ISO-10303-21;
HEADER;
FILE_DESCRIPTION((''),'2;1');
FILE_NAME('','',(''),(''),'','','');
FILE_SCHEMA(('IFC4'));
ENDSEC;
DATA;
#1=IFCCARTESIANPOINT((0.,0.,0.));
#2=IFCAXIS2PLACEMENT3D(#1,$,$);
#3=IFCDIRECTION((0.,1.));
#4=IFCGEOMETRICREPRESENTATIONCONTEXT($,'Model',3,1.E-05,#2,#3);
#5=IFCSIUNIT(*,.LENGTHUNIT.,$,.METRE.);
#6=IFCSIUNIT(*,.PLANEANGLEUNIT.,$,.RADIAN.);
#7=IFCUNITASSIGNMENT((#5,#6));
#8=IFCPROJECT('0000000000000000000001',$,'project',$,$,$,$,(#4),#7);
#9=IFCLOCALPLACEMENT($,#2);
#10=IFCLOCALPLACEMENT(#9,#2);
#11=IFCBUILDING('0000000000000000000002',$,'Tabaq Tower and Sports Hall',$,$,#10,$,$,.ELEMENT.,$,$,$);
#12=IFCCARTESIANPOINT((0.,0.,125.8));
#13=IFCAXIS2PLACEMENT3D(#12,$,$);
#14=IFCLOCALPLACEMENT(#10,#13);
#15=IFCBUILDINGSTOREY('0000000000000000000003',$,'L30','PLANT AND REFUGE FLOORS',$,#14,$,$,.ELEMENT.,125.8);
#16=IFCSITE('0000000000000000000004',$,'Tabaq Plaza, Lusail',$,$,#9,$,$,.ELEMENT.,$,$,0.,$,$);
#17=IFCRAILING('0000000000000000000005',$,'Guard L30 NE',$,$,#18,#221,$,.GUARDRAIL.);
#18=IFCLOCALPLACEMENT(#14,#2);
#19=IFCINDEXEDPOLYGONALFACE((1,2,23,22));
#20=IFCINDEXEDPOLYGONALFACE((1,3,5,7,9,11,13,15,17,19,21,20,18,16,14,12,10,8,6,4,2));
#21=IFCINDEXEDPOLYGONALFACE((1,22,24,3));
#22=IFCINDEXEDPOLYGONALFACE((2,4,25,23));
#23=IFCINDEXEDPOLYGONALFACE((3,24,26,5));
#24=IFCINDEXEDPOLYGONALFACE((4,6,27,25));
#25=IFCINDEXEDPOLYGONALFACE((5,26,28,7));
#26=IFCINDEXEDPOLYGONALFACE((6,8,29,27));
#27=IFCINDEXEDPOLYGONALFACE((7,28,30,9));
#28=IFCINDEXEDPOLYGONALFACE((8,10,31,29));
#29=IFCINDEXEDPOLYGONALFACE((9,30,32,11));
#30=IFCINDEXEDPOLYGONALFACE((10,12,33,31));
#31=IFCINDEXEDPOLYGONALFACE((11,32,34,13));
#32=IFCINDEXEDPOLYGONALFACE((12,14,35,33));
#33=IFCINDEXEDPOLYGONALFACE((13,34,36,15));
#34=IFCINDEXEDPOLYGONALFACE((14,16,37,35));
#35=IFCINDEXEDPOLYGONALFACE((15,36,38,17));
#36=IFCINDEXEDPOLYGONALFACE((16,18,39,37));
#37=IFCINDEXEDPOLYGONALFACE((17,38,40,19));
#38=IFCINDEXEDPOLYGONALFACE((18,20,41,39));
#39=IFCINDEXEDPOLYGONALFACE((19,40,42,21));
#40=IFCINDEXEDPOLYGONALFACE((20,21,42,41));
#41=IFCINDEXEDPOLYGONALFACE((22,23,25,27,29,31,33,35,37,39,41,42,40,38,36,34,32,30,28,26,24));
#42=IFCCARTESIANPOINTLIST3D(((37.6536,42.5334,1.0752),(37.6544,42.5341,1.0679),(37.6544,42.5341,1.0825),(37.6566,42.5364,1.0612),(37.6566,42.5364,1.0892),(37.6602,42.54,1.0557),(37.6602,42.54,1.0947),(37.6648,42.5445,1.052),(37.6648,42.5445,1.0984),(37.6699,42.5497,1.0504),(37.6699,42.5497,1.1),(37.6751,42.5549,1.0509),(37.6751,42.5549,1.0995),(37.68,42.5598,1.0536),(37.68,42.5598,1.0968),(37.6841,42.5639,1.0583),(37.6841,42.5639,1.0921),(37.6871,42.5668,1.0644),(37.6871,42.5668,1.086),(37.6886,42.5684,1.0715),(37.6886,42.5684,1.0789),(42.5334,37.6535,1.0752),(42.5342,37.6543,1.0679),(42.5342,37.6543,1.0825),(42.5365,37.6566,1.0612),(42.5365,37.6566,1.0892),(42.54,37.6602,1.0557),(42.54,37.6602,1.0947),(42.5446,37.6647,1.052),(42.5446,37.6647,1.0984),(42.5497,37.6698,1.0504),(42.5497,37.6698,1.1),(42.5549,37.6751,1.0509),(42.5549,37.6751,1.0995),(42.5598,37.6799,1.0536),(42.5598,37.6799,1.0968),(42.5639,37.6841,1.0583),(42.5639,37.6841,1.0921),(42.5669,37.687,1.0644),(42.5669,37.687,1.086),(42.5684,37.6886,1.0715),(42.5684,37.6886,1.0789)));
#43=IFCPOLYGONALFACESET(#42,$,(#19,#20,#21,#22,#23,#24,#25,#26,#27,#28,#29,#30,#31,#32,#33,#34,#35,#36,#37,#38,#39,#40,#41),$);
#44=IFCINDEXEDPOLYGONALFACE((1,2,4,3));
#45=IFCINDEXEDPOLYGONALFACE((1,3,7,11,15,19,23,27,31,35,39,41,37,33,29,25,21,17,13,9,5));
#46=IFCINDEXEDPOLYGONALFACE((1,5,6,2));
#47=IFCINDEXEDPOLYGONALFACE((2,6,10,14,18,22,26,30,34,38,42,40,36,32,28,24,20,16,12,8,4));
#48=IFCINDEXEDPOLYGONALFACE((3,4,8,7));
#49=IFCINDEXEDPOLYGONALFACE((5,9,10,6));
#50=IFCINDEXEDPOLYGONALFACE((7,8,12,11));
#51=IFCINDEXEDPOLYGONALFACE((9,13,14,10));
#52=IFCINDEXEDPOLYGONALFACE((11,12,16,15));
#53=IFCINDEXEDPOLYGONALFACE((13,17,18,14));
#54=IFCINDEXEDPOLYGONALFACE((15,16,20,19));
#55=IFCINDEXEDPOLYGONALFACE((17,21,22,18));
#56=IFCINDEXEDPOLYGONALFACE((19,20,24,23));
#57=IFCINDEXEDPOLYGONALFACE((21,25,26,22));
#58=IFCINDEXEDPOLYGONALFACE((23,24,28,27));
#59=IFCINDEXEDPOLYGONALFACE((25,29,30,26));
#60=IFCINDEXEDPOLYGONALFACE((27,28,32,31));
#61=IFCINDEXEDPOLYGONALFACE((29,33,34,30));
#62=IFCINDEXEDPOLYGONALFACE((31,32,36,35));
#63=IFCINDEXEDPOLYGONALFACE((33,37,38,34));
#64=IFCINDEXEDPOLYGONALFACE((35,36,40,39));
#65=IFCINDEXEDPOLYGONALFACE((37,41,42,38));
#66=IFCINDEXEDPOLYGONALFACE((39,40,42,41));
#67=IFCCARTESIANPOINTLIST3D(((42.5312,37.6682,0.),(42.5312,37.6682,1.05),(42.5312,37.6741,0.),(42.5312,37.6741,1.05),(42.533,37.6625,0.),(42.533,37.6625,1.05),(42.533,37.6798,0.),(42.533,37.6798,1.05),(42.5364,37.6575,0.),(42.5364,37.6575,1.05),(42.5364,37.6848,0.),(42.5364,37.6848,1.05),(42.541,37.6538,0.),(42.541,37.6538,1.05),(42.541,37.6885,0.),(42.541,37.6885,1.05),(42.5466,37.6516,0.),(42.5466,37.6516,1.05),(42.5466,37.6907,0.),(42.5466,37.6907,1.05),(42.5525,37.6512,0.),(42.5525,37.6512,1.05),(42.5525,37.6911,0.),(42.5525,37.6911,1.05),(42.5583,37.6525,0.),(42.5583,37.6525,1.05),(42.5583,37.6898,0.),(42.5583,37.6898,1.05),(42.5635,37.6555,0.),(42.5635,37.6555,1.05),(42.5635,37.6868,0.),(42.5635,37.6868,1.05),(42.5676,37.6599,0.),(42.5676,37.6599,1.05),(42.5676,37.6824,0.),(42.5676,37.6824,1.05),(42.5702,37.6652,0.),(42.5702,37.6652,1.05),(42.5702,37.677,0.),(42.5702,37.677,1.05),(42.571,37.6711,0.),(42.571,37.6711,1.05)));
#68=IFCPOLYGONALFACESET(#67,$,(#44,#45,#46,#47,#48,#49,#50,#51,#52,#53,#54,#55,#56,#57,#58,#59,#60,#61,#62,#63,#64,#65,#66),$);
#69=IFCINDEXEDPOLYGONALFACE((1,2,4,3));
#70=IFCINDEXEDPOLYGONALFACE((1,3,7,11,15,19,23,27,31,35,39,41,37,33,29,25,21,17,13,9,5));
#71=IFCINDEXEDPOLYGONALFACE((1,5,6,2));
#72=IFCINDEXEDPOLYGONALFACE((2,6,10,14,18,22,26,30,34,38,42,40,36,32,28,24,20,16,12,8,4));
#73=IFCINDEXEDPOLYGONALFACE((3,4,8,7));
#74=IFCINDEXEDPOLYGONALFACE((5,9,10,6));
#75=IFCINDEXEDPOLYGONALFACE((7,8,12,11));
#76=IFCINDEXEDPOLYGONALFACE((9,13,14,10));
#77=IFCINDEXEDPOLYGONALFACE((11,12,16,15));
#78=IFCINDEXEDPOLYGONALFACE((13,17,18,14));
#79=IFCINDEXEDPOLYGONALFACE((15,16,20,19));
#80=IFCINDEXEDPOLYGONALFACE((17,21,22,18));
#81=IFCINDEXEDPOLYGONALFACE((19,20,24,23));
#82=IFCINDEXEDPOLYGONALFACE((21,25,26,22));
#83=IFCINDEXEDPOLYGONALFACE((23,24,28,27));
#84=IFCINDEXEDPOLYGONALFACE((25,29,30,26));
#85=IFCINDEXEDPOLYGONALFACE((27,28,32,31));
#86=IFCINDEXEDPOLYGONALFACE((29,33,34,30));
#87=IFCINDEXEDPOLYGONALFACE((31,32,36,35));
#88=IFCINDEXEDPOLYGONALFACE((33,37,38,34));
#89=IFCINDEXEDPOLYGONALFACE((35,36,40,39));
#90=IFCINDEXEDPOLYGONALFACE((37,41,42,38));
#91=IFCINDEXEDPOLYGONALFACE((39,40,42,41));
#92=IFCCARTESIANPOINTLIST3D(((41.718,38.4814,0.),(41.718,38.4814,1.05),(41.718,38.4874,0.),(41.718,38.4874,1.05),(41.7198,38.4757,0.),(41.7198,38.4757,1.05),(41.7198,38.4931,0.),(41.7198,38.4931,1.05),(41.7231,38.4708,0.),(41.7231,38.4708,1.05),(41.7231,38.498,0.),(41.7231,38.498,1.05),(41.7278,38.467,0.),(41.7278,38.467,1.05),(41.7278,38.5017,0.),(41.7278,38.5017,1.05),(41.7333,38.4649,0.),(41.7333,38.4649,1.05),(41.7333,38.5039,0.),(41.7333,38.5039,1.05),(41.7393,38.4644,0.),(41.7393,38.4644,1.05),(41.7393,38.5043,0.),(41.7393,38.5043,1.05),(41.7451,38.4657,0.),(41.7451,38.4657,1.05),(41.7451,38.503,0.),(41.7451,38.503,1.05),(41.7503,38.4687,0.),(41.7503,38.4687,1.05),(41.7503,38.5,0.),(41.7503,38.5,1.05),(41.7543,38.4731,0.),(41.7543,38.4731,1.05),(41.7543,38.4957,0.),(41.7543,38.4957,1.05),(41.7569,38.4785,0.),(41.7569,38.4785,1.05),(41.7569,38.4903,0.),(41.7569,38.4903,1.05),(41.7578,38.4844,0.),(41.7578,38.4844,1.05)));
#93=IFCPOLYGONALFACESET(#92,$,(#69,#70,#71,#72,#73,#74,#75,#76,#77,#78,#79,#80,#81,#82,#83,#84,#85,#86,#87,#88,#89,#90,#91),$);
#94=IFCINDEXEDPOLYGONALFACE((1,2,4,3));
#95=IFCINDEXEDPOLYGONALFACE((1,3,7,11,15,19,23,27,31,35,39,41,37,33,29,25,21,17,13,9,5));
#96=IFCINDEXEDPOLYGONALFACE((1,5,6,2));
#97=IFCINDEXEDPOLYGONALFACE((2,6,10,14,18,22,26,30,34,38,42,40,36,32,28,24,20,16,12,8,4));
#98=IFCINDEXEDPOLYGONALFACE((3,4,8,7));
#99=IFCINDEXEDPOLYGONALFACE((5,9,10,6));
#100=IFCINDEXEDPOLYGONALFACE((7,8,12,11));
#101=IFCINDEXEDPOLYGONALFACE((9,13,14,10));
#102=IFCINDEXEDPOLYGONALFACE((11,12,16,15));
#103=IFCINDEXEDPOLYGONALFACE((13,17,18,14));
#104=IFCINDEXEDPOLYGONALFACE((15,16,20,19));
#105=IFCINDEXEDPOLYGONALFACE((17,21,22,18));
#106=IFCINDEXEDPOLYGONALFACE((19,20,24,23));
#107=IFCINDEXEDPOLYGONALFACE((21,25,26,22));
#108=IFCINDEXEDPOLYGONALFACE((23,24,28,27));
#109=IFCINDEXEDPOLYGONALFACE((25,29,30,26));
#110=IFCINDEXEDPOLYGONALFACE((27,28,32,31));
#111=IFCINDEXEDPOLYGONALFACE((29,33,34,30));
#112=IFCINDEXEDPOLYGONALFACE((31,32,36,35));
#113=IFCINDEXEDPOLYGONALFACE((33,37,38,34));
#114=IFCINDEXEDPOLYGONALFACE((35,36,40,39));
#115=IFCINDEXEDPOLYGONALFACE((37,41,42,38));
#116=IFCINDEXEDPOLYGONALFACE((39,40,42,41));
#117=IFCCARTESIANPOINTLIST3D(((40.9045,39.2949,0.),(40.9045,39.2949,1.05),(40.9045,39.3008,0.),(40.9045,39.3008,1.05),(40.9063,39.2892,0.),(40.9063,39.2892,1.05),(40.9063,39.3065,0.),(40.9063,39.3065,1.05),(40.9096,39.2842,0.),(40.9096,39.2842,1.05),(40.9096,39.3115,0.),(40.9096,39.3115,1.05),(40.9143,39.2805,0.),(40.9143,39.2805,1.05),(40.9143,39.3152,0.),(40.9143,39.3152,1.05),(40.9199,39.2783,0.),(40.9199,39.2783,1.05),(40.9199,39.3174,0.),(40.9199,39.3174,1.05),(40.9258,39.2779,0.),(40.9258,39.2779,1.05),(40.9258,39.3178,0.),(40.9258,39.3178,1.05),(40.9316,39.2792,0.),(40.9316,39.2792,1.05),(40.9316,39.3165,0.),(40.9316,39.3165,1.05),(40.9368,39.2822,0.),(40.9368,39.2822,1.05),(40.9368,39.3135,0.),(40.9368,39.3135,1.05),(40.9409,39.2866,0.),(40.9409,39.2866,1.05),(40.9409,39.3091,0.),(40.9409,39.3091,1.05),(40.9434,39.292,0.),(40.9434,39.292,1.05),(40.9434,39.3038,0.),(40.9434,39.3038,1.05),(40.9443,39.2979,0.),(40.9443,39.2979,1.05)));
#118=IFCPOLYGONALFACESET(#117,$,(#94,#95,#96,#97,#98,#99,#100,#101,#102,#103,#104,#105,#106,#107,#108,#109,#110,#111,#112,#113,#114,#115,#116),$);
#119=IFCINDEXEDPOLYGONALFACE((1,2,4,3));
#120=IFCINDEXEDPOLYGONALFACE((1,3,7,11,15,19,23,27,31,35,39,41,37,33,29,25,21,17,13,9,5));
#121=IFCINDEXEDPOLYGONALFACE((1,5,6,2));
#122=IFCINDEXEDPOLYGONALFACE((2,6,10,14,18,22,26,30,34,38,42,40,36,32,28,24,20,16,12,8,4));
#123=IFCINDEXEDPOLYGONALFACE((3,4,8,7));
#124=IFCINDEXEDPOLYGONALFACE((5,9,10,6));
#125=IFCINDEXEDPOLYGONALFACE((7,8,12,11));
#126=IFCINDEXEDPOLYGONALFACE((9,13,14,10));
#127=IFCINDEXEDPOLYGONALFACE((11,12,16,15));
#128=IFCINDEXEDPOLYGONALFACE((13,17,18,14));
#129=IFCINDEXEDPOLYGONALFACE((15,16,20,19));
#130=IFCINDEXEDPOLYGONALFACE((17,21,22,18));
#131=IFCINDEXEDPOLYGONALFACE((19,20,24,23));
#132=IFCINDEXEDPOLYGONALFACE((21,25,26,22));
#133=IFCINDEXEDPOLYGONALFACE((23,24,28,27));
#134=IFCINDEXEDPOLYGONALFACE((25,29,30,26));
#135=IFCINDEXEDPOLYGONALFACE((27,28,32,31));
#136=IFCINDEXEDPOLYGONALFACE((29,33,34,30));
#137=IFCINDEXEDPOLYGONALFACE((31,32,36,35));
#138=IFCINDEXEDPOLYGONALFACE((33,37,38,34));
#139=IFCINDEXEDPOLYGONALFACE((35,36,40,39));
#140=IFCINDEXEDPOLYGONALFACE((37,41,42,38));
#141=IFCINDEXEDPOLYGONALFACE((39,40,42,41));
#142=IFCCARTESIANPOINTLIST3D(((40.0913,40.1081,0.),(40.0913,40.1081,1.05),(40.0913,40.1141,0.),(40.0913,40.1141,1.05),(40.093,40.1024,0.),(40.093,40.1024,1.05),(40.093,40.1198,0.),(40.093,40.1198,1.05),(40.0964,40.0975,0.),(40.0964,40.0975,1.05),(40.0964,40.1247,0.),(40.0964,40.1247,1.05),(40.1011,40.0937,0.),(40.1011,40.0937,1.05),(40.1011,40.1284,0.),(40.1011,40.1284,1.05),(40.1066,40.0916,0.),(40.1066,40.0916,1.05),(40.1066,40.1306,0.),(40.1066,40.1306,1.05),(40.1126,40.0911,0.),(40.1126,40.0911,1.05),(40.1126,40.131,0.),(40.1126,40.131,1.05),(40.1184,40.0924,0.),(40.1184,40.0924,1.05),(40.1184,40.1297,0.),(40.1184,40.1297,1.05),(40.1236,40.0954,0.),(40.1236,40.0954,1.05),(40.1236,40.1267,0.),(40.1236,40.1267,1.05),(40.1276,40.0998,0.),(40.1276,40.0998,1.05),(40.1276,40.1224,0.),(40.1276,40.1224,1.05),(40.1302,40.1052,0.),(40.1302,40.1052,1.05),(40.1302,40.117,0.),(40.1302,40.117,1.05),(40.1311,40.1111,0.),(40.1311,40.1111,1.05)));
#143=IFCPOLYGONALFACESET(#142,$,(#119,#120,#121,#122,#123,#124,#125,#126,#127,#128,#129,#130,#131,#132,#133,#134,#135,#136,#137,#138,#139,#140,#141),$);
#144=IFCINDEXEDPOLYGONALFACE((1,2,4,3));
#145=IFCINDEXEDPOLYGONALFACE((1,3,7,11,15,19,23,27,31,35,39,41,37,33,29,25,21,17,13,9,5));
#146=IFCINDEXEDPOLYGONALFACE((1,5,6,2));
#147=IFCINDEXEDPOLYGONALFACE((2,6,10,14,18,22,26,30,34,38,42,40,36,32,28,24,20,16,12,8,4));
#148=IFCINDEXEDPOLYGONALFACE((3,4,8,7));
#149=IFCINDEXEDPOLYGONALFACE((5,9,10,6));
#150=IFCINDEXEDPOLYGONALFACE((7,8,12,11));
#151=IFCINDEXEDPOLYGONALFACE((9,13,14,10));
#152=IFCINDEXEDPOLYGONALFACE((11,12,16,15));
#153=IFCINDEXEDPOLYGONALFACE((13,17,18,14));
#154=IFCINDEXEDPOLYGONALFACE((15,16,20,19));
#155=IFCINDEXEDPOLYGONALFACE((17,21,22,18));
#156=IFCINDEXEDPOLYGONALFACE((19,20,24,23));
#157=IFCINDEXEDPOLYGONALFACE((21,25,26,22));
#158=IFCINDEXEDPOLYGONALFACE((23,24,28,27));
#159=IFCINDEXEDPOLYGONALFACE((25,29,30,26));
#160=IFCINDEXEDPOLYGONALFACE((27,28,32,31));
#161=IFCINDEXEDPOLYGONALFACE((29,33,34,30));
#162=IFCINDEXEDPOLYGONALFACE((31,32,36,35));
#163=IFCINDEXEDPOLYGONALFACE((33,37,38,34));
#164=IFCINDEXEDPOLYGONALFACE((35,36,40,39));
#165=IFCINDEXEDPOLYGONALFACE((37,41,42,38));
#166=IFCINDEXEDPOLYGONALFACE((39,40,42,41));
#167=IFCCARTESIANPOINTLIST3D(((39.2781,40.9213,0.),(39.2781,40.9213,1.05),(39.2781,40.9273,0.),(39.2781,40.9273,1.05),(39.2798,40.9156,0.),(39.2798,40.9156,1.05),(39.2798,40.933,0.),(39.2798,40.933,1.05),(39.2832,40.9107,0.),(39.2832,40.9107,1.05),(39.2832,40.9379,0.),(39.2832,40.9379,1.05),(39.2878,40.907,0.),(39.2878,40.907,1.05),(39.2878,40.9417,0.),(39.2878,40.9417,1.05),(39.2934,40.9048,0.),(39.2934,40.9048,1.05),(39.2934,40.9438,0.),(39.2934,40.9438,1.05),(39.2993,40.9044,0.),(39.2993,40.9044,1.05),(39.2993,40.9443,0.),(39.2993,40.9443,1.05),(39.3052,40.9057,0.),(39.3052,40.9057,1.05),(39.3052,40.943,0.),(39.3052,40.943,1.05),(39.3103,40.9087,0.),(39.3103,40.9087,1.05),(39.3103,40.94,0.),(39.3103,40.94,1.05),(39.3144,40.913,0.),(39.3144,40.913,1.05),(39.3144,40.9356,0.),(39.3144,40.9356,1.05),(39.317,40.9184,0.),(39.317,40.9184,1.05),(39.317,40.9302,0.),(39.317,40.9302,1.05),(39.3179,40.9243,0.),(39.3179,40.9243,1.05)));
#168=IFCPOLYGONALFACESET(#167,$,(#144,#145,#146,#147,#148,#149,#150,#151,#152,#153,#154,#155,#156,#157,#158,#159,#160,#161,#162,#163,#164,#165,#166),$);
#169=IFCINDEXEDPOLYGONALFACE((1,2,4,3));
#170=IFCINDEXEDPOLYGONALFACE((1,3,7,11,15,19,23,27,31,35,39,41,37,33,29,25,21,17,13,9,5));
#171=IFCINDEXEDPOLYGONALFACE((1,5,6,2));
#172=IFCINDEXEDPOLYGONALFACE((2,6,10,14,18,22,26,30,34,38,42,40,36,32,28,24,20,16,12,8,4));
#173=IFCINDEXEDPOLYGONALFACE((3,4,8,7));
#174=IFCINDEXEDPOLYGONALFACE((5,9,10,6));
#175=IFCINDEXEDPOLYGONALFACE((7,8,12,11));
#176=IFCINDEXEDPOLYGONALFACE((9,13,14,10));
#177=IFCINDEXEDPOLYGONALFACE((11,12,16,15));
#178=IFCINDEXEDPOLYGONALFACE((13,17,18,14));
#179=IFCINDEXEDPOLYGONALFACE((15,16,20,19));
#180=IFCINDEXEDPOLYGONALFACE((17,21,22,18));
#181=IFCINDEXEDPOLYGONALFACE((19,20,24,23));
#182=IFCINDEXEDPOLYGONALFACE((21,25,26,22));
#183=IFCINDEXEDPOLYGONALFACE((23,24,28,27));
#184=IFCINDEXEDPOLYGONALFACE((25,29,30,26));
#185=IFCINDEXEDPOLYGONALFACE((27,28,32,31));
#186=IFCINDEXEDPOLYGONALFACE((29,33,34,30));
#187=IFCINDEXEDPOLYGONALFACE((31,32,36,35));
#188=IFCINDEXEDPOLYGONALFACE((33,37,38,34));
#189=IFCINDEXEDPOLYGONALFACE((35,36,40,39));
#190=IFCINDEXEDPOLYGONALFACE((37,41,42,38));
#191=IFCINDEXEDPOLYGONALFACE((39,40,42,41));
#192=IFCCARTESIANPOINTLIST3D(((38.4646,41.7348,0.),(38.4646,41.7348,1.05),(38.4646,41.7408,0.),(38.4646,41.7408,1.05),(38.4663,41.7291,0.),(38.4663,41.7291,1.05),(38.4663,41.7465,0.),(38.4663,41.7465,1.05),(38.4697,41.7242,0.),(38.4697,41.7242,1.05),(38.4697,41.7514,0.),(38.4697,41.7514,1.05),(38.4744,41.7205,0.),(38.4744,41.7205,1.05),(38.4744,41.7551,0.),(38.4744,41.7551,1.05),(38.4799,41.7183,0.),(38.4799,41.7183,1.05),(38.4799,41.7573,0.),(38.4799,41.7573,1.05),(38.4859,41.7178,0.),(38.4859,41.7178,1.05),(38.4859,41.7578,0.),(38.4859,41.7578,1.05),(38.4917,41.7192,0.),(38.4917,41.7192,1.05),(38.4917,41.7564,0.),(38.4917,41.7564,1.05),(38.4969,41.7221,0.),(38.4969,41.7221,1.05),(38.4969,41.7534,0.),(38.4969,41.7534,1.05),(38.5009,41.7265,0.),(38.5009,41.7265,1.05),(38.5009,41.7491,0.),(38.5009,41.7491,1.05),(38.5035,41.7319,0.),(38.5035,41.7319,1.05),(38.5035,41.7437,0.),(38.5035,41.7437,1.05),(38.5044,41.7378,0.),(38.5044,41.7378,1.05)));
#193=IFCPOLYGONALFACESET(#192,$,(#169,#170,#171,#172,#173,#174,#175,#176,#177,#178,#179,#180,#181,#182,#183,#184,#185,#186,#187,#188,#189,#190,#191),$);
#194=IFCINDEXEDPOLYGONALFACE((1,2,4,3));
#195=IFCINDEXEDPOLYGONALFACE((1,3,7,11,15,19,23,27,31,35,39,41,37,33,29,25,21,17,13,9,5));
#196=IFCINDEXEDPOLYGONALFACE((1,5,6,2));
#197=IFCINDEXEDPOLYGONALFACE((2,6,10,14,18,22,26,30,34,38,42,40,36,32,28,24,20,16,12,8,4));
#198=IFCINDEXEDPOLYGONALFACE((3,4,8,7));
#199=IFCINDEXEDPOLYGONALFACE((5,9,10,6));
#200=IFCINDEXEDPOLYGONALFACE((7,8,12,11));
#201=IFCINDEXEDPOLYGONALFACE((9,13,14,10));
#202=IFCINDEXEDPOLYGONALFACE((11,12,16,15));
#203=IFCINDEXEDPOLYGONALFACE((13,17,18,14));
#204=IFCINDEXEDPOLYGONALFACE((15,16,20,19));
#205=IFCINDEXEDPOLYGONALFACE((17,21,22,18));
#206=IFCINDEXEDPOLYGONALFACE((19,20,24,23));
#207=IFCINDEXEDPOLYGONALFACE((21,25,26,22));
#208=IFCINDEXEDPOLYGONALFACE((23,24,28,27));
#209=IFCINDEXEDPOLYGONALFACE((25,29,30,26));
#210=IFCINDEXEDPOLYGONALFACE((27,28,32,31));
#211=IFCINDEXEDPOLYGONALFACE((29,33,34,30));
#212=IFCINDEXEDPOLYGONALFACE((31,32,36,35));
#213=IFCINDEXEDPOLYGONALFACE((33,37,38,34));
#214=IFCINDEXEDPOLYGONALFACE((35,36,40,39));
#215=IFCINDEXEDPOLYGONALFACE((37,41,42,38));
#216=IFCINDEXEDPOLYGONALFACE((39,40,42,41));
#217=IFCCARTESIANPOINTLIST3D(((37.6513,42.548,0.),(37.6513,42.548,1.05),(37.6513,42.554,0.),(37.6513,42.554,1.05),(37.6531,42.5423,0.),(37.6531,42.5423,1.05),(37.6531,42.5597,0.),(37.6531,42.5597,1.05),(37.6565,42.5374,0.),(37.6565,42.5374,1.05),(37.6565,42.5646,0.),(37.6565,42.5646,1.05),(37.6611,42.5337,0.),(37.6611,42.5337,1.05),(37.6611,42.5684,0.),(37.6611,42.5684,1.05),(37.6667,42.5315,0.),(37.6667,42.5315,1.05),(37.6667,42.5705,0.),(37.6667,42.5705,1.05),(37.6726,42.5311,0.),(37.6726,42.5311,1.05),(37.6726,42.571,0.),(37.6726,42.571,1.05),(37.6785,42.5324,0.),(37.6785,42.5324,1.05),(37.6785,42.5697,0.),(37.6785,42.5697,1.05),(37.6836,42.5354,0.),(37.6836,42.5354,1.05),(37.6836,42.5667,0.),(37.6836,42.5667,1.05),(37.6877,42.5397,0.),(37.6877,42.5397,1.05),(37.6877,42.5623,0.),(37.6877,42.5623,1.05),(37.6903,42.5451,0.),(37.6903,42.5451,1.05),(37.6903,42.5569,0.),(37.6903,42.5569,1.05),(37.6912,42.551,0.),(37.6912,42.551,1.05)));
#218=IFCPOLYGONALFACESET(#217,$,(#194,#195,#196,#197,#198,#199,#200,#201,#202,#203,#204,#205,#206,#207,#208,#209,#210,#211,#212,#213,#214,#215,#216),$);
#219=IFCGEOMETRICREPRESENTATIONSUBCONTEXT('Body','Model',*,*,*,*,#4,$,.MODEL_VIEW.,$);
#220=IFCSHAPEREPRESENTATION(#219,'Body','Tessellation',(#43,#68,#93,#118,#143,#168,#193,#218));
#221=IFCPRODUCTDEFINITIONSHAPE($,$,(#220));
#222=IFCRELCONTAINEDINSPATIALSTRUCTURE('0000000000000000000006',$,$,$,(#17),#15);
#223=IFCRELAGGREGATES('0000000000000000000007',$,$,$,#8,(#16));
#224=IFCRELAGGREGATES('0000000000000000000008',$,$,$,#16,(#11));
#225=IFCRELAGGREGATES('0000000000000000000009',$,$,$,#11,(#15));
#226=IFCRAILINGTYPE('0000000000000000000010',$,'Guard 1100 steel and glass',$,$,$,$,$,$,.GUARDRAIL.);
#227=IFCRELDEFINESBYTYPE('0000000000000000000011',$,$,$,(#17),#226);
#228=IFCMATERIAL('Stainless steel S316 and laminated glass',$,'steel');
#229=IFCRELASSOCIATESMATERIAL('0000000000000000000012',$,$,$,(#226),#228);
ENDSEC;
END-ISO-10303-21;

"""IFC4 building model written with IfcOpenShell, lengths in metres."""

from ifc_helpers import new_model, si_unit, direction, frame, origin, origin_2d, place, context, subcontext, project, spatial, circle, extrude, material, type_object, element, save


model = new_model("IFC4")

# Units and contexts
model_context = context("Model", 3, precision=1e-05, world=origin(), true_north=direction((0.0, 1.0)))
body_context = subcontext(model_context, "Body", "Model", "MODEL_VIEW")
ifc_project = project(units=[si_unit("LENGTHUNIT", "METRE"), si_unit("PLANEANGLEUNIT", "RADIAN")], contexts=[model_context])

# Site, building, storey
site_placement = place(None, origin())
site = spatial("IfcSite", under=ifc_project, at=site_placement, Name="Tabaq Plaza, Lusail", CompositionType="ELEMENT", RefElevation=0.0)
building_placement = place(site_placement, origin())
building = spatial("IfcBuilding", under=site, at=building_placement, Name="Tabaq Tower and Sports Hall", CompositionType="ELEMENT")
storey_placement = place(building_placement, frame((0.0, 0.0, 125.8)))
storey = spatial("IfcBuildingStorey", under=building, at=storey_placement, Name="L30", Description="PLANT AND REFUGE FLOORS", CompositionType="ELEMENT", Elevation=125.8)

# Railing
ifc_material_1 = material(Name="Stainless steel S316 and laminated glass", Category="steel")
railing_type = type_object("IfcRailingType", Name="Guard 1100 steel and glass", PredefinedType="GUARDRAIL", material=ifc_material_1)
railing_1_placement = place(storey_placement, frame((42.551, 37.6711, 0.0)))
element("IfcRailing", 1, at=railing_1_placement, inside=storey, type_object=railing_type, Name="Guard L30 NE", PredefinedType="GUARDRAIL", context=body_context, shape_type="SweptSolid", body=[
    extrude(circle(Radius=0.0249, at=origin_2d()), frame((0.0, 0.0, 1.0752), z_axis=(-0.707107, 0.707107, 0.0), x_axis=(-0.707107, -0.707107, 0.0)), (0.0, 0.0, 1.0), 6.9011),
    extrude(circle(Radius=0.02, at=origin_2d()), origin(), (0.0, 0.0, 1.0), 1.05),
    extrude(circle(Radius=0.02, at=origin_2d()), frame((-0.8132, 0.8132, 0.0)), (0.0, 0.0, 1.0), 1.05),
    extrude(circle(Radius=0.02, at=origin_2d()), frame((-1.6267, 1.6267, 0.0)), (0.0, 0.0, 1.0), 1.05),
    extrude(circle(Radius=0.02, at=origin_2d()), frame((-2.4399, 2.4399, 0.0)), (0.0, 0.0, 1.0), 1.05),
    extrude(circle(Radius=0.02, at=origin_2d()), frame((-3.2532, 3.2532, 0.0)), (0.0, 0.0, 1.0), 1.05),
    extrude(circle(Radius=0.02, at=origin_2d()), frame((-4.0667, 4.0667, 0.0)), (0.0, 0.0, 1.0), 1.05),
    extrude(circle(Radius=0.02, at=origin_2d()), frame((-4.8799, 4.8799, 0.0)), (0.0, 0.0, 1.0), 1.05),
])

save(model, "model.ifc")
